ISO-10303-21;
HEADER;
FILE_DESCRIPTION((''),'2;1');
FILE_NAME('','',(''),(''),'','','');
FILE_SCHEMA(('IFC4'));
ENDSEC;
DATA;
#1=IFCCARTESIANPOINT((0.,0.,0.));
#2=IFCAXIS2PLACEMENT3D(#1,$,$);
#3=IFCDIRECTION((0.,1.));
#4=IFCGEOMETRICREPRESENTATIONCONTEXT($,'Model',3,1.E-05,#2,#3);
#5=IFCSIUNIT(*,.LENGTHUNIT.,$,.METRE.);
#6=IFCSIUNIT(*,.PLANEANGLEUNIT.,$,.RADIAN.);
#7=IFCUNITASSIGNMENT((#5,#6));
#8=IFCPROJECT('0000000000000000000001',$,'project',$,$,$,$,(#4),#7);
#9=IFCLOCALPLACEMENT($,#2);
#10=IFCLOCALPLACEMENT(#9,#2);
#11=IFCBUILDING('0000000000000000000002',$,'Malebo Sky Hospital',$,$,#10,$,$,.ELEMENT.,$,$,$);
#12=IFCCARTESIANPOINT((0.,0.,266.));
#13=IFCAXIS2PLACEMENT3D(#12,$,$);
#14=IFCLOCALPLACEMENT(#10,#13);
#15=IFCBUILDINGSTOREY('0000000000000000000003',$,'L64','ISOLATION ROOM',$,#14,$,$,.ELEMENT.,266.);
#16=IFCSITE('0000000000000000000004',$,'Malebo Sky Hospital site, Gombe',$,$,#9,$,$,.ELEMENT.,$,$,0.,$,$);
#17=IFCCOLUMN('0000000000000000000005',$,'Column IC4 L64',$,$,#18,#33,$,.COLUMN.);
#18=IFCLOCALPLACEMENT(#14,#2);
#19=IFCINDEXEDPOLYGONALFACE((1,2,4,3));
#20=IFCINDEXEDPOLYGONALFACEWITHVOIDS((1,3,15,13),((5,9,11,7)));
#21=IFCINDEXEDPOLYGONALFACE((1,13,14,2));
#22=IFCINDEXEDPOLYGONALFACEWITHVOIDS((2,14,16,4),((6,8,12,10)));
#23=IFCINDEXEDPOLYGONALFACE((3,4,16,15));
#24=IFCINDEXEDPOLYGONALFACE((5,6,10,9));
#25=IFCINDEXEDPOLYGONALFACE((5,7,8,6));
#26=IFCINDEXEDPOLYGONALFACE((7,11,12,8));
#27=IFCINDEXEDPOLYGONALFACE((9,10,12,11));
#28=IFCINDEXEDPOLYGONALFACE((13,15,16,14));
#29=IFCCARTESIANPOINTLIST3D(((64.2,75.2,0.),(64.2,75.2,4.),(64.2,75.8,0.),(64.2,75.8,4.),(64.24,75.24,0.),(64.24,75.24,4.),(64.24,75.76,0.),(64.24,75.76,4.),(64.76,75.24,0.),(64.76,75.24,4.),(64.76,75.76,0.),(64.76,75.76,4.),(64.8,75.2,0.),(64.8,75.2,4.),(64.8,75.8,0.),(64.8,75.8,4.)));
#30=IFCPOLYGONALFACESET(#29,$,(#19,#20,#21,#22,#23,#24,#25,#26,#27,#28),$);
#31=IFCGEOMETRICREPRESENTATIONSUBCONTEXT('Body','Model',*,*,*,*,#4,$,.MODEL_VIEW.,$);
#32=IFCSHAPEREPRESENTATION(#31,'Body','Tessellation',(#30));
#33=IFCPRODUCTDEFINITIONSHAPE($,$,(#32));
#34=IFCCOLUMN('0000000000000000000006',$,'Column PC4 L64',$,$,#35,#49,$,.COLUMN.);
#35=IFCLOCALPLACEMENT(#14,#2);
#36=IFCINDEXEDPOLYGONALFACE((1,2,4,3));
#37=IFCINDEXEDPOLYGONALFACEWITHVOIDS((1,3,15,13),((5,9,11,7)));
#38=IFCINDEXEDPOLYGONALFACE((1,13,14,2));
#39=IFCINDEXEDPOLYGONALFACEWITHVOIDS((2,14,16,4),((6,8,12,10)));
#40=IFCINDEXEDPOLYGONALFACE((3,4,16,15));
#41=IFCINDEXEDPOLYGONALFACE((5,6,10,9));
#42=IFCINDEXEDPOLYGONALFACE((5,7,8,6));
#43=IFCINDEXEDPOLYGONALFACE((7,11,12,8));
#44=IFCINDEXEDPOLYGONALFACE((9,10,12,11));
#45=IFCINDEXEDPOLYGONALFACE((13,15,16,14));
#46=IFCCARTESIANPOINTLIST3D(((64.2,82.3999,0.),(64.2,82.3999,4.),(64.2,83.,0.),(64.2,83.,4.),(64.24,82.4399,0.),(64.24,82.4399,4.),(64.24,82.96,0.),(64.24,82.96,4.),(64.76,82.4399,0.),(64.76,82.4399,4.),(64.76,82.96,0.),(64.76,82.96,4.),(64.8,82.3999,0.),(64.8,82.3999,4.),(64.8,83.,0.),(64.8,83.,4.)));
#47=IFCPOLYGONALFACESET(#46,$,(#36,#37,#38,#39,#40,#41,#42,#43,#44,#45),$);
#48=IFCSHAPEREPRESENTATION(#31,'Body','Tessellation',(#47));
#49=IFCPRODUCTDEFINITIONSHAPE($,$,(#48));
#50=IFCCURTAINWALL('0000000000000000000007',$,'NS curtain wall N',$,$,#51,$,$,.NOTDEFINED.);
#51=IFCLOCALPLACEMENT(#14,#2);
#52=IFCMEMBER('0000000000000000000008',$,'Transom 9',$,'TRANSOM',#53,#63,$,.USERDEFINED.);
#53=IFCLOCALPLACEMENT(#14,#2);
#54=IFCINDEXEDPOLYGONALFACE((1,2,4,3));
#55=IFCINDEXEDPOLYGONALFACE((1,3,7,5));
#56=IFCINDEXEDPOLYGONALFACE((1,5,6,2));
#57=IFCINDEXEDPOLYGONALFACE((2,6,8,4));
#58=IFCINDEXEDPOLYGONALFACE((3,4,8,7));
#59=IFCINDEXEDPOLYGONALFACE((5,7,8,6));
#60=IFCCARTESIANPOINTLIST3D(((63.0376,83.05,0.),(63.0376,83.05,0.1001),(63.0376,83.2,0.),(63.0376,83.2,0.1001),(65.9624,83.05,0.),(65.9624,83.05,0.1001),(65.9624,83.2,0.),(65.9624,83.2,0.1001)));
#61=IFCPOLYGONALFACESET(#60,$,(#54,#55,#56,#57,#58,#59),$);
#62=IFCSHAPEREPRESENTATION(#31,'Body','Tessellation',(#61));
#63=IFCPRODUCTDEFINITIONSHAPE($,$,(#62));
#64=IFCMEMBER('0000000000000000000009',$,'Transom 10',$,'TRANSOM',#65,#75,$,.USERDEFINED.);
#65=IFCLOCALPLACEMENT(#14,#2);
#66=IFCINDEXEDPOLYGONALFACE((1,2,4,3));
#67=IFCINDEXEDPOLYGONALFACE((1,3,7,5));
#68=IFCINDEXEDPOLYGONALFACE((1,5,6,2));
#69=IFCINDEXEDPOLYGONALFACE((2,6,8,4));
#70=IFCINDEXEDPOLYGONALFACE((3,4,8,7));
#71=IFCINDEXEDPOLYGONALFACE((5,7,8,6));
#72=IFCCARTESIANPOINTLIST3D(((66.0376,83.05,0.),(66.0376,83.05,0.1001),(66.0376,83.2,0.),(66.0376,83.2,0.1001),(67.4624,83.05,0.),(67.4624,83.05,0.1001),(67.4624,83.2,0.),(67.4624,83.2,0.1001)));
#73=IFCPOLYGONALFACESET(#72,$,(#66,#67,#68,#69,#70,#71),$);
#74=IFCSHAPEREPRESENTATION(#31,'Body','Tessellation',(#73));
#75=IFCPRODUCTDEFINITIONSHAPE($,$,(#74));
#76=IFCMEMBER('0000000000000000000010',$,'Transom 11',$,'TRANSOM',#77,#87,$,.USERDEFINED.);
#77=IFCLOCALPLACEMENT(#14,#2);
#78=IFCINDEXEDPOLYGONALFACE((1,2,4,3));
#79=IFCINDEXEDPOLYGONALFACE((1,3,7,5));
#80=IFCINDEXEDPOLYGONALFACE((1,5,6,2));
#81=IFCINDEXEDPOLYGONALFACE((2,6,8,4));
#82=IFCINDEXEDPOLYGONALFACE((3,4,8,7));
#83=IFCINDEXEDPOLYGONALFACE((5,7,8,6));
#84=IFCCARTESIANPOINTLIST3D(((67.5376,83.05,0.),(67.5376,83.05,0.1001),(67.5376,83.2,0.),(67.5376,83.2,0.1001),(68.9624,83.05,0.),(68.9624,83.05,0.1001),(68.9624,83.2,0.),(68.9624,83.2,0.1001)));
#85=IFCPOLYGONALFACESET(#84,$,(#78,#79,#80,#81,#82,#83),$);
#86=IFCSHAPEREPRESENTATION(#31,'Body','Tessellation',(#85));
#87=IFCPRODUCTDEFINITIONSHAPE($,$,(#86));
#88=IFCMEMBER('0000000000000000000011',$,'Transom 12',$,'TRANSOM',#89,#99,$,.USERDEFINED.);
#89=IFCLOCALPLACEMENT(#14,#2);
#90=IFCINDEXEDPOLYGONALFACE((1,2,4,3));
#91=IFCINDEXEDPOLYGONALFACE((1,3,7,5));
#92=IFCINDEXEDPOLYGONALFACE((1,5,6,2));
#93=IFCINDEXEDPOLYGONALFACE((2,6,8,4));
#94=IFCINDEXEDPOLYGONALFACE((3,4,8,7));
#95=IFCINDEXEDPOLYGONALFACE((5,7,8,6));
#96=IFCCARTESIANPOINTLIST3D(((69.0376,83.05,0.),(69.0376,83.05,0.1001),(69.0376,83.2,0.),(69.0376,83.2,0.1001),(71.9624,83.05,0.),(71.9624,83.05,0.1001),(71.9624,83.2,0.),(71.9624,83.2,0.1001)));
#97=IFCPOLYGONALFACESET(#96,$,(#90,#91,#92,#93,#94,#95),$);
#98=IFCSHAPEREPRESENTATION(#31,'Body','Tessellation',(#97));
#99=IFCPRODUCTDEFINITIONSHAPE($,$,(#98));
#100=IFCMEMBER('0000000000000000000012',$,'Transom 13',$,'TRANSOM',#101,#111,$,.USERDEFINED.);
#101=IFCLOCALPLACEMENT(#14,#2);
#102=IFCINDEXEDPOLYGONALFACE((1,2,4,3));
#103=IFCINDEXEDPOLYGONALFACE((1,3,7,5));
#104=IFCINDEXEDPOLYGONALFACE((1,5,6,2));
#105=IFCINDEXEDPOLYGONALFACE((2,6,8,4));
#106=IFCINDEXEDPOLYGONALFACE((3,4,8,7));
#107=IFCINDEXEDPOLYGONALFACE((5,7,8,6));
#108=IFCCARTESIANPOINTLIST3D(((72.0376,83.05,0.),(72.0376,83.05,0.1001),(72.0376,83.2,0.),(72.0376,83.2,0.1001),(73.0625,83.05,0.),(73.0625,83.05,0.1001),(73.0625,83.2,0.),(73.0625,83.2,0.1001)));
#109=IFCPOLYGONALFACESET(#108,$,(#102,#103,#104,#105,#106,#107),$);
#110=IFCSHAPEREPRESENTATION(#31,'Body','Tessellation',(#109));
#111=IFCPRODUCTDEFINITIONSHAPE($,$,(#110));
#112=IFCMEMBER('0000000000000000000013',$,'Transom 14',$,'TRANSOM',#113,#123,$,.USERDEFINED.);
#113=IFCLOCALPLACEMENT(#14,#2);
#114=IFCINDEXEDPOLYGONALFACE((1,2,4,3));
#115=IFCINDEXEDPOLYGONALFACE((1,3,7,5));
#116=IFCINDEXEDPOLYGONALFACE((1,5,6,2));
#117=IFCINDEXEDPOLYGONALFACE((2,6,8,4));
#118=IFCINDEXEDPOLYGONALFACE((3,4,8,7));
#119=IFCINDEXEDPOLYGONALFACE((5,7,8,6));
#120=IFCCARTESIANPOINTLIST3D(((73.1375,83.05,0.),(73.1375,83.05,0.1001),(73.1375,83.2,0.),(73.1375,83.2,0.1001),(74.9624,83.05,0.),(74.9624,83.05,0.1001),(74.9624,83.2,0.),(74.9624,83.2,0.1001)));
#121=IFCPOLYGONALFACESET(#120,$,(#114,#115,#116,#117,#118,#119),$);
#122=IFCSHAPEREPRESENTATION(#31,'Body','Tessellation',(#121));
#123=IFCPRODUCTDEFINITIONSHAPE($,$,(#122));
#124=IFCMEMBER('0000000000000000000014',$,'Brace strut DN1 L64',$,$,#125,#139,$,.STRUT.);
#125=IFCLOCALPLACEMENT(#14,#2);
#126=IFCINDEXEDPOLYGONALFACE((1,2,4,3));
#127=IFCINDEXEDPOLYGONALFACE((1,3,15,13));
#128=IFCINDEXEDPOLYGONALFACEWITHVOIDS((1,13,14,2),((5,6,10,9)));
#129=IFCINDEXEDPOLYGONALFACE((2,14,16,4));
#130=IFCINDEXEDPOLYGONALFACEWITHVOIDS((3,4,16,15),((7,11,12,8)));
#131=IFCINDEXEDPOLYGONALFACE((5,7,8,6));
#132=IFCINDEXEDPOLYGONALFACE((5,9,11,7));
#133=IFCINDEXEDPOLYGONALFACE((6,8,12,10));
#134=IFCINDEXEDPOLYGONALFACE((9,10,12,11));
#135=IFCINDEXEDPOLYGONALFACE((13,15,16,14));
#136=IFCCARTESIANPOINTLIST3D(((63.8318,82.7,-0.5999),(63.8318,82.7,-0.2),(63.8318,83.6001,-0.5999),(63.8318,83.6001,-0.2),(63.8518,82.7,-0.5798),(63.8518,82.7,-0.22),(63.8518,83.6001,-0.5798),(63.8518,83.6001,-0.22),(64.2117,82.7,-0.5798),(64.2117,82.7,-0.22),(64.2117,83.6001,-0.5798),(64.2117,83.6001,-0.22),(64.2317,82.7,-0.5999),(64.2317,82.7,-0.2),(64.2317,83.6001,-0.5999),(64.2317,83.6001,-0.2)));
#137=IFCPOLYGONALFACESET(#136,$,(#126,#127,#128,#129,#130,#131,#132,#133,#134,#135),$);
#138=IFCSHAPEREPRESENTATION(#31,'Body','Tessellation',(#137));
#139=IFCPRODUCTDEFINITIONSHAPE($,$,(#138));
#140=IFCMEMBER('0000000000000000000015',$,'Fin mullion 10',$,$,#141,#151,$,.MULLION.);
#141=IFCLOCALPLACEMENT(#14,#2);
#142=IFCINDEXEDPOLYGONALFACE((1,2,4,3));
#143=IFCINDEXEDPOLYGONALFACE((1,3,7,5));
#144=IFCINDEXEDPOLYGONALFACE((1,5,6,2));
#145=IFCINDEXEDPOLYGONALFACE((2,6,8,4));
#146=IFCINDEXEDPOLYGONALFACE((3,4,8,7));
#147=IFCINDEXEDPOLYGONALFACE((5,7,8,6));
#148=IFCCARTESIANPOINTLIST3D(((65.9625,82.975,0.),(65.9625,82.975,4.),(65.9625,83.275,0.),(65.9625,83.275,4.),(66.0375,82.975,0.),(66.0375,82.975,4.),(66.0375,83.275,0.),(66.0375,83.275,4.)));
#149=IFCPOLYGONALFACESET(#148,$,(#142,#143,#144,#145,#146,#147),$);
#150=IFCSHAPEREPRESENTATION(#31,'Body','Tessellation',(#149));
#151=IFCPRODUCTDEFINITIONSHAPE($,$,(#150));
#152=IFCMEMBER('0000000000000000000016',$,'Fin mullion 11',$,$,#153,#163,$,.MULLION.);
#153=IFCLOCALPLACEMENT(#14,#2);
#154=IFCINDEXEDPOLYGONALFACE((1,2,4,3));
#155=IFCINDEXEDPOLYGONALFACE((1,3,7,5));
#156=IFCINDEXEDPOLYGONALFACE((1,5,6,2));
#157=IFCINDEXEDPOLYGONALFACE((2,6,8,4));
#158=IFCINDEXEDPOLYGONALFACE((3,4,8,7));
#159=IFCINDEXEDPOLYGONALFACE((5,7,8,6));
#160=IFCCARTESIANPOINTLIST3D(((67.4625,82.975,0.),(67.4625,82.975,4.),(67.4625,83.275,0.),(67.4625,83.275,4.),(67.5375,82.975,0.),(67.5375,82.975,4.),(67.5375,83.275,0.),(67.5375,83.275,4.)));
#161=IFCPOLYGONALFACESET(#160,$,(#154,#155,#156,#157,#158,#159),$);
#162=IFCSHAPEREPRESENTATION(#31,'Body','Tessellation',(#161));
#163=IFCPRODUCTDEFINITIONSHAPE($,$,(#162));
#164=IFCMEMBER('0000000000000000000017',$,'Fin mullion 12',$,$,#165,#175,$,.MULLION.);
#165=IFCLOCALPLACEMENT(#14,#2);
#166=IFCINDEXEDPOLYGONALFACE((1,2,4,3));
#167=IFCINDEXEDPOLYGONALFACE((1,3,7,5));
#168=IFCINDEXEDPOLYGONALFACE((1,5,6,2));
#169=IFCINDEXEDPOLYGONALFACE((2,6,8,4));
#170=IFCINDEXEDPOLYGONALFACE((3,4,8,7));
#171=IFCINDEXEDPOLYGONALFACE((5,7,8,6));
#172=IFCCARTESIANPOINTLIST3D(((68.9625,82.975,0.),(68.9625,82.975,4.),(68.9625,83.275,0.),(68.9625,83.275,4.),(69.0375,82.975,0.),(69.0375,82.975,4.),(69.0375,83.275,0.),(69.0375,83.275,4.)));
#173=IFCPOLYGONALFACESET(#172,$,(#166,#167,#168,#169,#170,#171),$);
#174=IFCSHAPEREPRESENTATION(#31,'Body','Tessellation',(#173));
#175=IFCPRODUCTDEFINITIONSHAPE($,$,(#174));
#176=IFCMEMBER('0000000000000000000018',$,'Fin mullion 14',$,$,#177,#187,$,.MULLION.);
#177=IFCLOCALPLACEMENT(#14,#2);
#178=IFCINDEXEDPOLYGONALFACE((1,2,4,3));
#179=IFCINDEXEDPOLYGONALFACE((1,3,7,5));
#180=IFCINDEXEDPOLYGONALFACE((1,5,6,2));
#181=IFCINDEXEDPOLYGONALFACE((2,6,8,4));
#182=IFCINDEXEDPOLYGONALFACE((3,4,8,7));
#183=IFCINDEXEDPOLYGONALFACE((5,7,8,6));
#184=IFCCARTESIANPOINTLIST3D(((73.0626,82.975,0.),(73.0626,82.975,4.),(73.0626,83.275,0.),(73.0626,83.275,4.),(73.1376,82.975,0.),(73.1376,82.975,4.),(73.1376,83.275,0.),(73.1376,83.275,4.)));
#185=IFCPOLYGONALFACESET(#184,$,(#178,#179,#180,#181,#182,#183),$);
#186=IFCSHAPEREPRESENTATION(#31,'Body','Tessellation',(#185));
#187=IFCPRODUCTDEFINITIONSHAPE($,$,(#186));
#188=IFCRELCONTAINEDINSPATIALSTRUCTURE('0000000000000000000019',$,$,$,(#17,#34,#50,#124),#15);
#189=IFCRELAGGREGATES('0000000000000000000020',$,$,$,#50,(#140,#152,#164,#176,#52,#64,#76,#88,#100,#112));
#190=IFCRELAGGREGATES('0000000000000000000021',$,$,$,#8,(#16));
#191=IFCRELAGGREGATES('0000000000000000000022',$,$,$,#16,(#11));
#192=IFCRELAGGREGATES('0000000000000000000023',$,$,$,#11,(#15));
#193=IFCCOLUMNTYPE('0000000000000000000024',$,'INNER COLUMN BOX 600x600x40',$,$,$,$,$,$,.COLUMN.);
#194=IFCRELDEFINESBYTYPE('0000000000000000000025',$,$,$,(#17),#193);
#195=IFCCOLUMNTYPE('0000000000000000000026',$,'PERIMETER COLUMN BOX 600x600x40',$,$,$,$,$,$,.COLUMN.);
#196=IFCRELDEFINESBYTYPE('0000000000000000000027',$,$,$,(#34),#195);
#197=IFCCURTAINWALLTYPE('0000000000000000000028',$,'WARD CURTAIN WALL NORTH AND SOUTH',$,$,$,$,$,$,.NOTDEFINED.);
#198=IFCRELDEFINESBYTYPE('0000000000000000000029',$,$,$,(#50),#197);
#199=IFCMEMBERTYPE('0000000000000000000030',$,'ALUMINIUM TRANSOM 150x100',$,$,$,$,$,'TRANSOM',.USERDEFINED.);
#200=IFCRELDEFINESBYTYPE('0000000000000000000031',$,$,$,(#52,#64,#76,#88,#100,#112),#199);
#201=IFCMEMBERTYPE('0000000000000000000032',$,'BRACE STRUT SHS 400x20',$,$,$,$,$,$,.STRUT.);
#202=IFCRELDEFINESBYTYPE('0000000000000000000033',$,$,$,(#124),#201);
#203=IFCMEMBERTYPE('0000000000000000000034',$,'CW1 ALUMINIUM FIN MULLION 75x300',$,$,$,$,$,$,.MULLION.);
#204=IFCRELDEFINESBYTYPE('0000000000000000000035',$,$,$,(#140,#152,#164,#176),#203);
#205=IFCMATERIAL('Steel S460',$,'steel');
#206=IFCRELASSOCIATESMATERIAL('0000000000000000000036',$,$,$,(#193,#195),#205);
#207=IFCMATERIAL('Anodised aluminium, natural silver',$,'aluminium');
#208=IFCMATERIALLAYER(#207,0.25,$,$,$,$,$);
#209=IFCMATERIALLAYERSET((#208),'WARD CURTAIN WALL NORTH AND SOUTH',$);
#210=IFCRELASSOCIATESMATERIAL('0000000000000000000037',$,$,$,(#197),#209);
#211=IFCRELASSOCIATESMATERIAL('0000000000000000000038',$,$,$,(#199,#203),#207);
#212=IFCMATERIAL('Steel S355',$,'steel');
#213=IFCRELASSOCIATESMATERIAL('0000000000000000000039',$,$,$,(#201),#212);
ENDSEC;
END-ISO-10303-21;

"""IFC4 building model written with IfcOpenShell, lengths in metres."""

from ifc_helpers import new_model, si_unit, direction, frame, origin, origin_2d, place, context, subcontext, project, spatial, rectangle, hollow_rectangle, extrude, material, layer, layer_set, material_profile, profile_set, type_object, element, aggregate, save


model = new_model("IFC4")

# Units and contexts
model_context = context("Model", 3, precision=1e-05, world=origin(), true_north=direction((0.0, 1.0)))
body_context = subcontext(model_context, "Body", "Model", "MODEL_VIEW")
ifc_project = project(units=[si_unit("LENGTHUNIT", "METRE"), si_unit("PLANEANGLEUNIT", "RADIAN")], contexts=[model_context])

# Site, building, storey
site_placement = place(None, origin())
site = spatial("IfcSite", under=ifc_project, at=site_placement, Name="Malebo Sky Hospital site, Gombe", CompositionType="ELEMENT", RefElevation=0.0)
building_placement = place(site_placement, origin())
building = spatial("IfcBuilding", under=site, at=building_placement, Name="Malebo Sky Hospital", CompositionType="ELEMENT")
storey_placement = place(building_placement, frame((0.0, 0.0, 266.0)))
storey = spatial("IfcBuildingStorey", under=building, at=storey_placement, Name="L64", Description="ISOLATION ROOM", CompositionType="ELEMENT", Elevation=266.0)

# Columns
ifc_material_1 = material(Name="Steel S460", Category="steel")
ifc_material_profile_1 = material_profile(ifc_material_1, hollow_rectangle(XDim=0.6001, YDim=0.6001, WallThickness=0.04, at=origin_2d()), Name="BOX 600x600x40")
ifc_profile_set_1 = profile_set([ifc_material_profile_1], Name="Steel S460")
column_type_1 = type_object("IfcColumnType", Name="INNER COLUMN BOX 600x600x40", PredefinedType="COLUMN", material=ifc_profile_set_1)
column_1_placement = place(storey_placement, frame((64.5, 75.5, 0.0), z_axis=(0.0, 0.0, 1.0), x_axis=(1.0, 0.0, 0.0)))
element("IfcColumn", 1, at=column_1_placement, inside=storey, type_object=column_type_1, Name="Column IC4 L64", PredefinedType="COLUMN", context=body_context, shape_type="SweptSolid", body=[
    extrude(hollow_rectangle(XDim=0.6001, YDim=0.6001, WallThickness=0.04, at=origin_2d()), origin(), (0.0, 0.0, 1.0), 4.0),
])
ifc_material_profile_2 = material_profile(ifc_material_1, hollow_rectangle(XDim=0.6001, YDim=0.6001, WallThickness=0.04, at=origin_2d()), Name="BOX 600x600x40")
ifc_profile_set_2 = profile_set([ifc_material_profile_2], Name="Steel S460")
column_type_2 = type_object("IfcColumnType", Name="PERIMETER COLUMN BOX 600x600x40", PredefinedType="COLUMN", material=ifc_profile_set_2)
column_2_placement = place(storey_placement, frame((64.5, 82.7, 0.0), z_axis=(0.0, 0.0, 1.0), x_axis=(1.0, 0.0, 0.0)))
element("IfcColumn", 2, at=column_2_placement, inside=storey, type_object=column_type_2, Name="Column PC4 L64", PredefinedType="COLUMN", context=body_context, shape_type="SweptSolid", body=[
    extrude(hollow_rectangle(XDim=0.6001, YDim=0.6001, WallThickness=0.04, at=origin_2d()), origin(), (0.0, 0.0, 1.0), 4.0),
])

# Curtain wall, members
ifc_material_2 = material(Name="Anodised aluminium, natural silver", Category="aluminium")
ifc_layer_1 = layer(ifc_material_2, 0.25)
ifc_layer_set_1 = layer_set([ifc_layer_1], Name="WARD CURTAIN WALL NORTH AND SOUTH")
curtain_wall_type = type_object("IfcCurtainWallType", Name="WARD CURTAIN WALL NORTH AND SOUTH", PredefinedType="NOTDEFINED", material=ifc_layer_set_1)
curtain_wall_placement = place(storey_placement, origin())
curtain_wall = element("IfcCurtainWall", 3, at=curtain_wall_placement, inside=storey, type_object=curtain_wall_type, Name="NS curtain wall N", PredefinedType="NOTDEFINED")
ifc_material_profile_3 = material_profile(ifc_material_2, rectangle(XDim=0.1499, YDim=0.1001, at=origin_2d()), Name="ALUMINIUM TRANSOM 150x100")
ifc_profile_set_3 = profile_set([ifc_material_profile_3], Name="Anodised aluminium, natural silver")
member_type_1 = type_object("IfcMemberType", Name="ALUMINIUM TRANSOM 150x100", ElementType="TRANSOM", PredefinedType="USERDEFINED", material=ifc_profile_set_3)
member_1_placement = place(storey_placement, frame((63.0376, 83.125, 0.05), z_axis=(1.0, 0.0, 0.0), x_axis=(0.0, 1.0, 0.0)))
member_1 = element("IfcMember", 4, at=member_1_placement, type_object=member_type_1, Name="Transom 9", ObjectType="TRANSOM", PredefinedType="USERDEFINED", context=body_context, shape_type="SweptSolid", body=[
    extrude(rectangle(XDim=0.1499, YDim=0.1001, at=origin_2d()), origin(), (0.0, 0.0, 1.0), 2.9248),
])
member_2_placement = place(storey_placement, frame((66.0376, 83.125, 0.05), z_axis=(1.0, 0.0, 0.0), x_axis=(0.0, 1.0, 0.0)))
member_2 = element("IfcMember", 5, at=member_2_placement, type_object=member_type_1, Name="Transom 10", ObjectType="TRANSOM", PredefinedType="USERDEFINED", context=body_context, shape_type="SweptSolid", body=[
    extrude(rectangle(XDim=0.1499, YDim=0.1001, at=origin_2d()), origin(), (0.0, 0.0, 1.0), 1.4248),
])
member_3_placement = place(storey_placement, frame((67.5376, 83.125, 0.05), z_axis=(1.0, 0.0, 0.0), x_axis=(0.0, 1.0, 0.0)))
member_3 = element("IfcMember", 6, at=member_3_placement, type_object=member_type_1, Name="Transom 11", ObjectType="TRANSOM", PredefinedType="USERDEFINED", context=body_context, shape_type="SweptSolid", body=[
    extrude(rectangle(XDim=0.1499, YDim=0.1001, at=origin_2d()), origin(), (0.0, 0.0, 1.0), 1.4248),
])
member_4_placement = place(storey_placement, frame((69.0376, 83.125, 0.05), z_axis=(1.0, 0.0, 0.0), x_axis=(0.0, 1.0, 0.0)))
member_4 = element("IfcMember", 7, at=member_4_placement, type_object=member_type_1, Name="Transom 12", ObjectType="TRANSOM", PredefinedType="USERDEFINED", context=body_context, shape_type="SweptSolid", body=[
    extrude(rectangle(XDim=0.1499, YDim=0.1001, at=origin_2d()), origin(), (0.0, 0.0, 1.0), 2.9248),
])
member_5_placement = place(storey_placement, frame((72.0376, 83.125, 0.05), z_axis=(1.0, 0.0, 0.0), x_axis=(0.0, 1.0, 0.0)))
member_5 = element("IfcMember", 8, at=member_5_placement, type_object=member_type_1, Name="Transom 13", ObjectType="TRANSOM", PredefinedType="USERDEFINED", context=body_context, shape_type="SweptSolid", body=[
    extrude(rectangle(XDim=0.1499, YDim=0.1001, at=origin_2d()), origin(), (0.0, 0.0, 1.0), 1.0249),
])
member_6_placement = place(storey_placement, frame((73.1375, 83.125, 0.05), z_axis=(1.0, 0.0, 0.0), x_axis=(0.0, 1.0, 0.0)))
member_6 = element("IfcMember", 9, at=member_6_placement, type_object=member_type_1, Name="Transom 14", ObjectType="TRANSOM", PredefinedType="USERDEFINED", context=body_context, shape_type="SweptSolid", body=[
    extrude(rectangle(XDim=0.1499, YDim=0.1001, at=origin_2d()), origin(), (0.0, 0.0, 1.0), 1.825),
])

# Members
ifc_material_3 = material(Name="Steel S355", Category="steel")
ifc_material_profile_4 = material_profile(ifc_material_3, hollow_rectangle(XDim=0.3999, YDim=0.3999, WallThickness=0.02, at=origin_2d()), Name="SHS 400x20")
ifc_profile_set_4 = profile_set([ifc_material_profile_4], Name="Steel S355")
member_type_2 = type_object("IfcMemberType", Name="BRACE STRUT SHS 400x20", PredefinedType="STRUT", material=ifc_profile_set_4)
member_7_placement = place(storey_placement, frame((64.0317, 83.6001, -0.3999), z_axis=(0.0, -1.0, 0.0), x_axis=(1.0, 0.0, 0.0)))
element("IfcMember", 10, at=member_7_placement, inside=storey, type_object=member_type_2, Name="Brace strut DN1 L64", PredefinedType="STRUT", context=body_context, shape_type="SweptSolid", body=[
    extrude(hollow_rectangle(XDim=0.3999, YDim=0.3999, WallThickness=0.02, at=origin_2d()), origin(), (0.0, 0.0, 1.0), 0.9001),
])
ifc_material_profile_5 = material_profile(ifc_material_2, rectangle(XDim=0.075, YDim=0.3, at=origin_2d()), Name="CW1 ALUMINIUM FIN MULLION 75x300")
ifc_profile_set_5 = profile_set([ifc_material_profile_5], Name="Anodised aluminium, natural silver")
member_type_3 = type_object("IfcMemberType", Name="CW1 ALUMINIUM FIN MULLION 75x300", PredefinedType="MULLION", material=ifc_profile_set_5)
member_8_placement = place(storey_placement, frame((66.0, 83.125, 0.0), z_axis=(0.0, 0.0, 1.0), x_axis=(1.0, 0.0, 0.0)))
member_8 = element("IfcMember", 11, at=member_8_placement, type_object=member_type_3, Name="Fin mullion 10", PredefinedType="MULLION", context=body_context, shape_type="SweptSolid", body=[
    extrude(rectangle(XDim=0.075, YDim=0.3, at=origin_2d()), origin(), (0.0, 0.0, 1.0), 4.0),
])
member_9_placement = place(storey_placement, frame((67.5, 83.125, 0.0), z_axis=(0.0, 0.0, 1.0), x_axis=(1.0, 0.0, 0.0)))
member_9 = element("IfcMember", 12, at=member_9_placement, type_object=member_type_3, Name="Fin mullion 11", PredefinedType="MULLION", context=body_context, shape_type="SweptSolid", body=[
    extrude(rectangle(XDim=0.075, YDim=0.3, at=origin_2d()), origin(), (0.0, 0.0, 1.0), 4.0),
])
member_10_placement = place(storey_placement, frame((69.0, 83.125, 0.0), z_axis=(0.0, 0.0, 1.0), x_axis=(1.0, 0.0, 0.0)))
member_10 = element("IfcMember", 13, at=member_10_placement, type_object=member_type_3, Name="Fin mullion 12", PredefinedType="MULLION", context=body_context, shape_type="SweptSolid", body=[
    extrude(rectangle(XDim=0.075, YDim=0.3, at=origin_2d()), origin(), (0.0, 0.0, 1.0), 4.0),
])
member_11_placement = place(storey_placement, frame((73.1001, 83.125, 0.0), z_axis=(0.0, 0.0, 1.0), x_axis=(1.0, 0.0, 0.0)))
member_11 = element("IfcMember", 14, at=member_11_placement, type_object=member_type_3, Name="Fin mullion 14", PredefinedType="MULLION", context=body_context, shape_type="SweptSolid", body=[
    extrude(rectangle(XDim=0.075, YDim=0.3, at=origin_2d()), origin(), (0.0, 0.0, 1.0), 4.0),
])

aggregate(curtain_wall, [member_8, member_9, member_10, member_11, member_1, member_2, member_3, member_4, member_5, member_6])

save(model, "model.ifc")
